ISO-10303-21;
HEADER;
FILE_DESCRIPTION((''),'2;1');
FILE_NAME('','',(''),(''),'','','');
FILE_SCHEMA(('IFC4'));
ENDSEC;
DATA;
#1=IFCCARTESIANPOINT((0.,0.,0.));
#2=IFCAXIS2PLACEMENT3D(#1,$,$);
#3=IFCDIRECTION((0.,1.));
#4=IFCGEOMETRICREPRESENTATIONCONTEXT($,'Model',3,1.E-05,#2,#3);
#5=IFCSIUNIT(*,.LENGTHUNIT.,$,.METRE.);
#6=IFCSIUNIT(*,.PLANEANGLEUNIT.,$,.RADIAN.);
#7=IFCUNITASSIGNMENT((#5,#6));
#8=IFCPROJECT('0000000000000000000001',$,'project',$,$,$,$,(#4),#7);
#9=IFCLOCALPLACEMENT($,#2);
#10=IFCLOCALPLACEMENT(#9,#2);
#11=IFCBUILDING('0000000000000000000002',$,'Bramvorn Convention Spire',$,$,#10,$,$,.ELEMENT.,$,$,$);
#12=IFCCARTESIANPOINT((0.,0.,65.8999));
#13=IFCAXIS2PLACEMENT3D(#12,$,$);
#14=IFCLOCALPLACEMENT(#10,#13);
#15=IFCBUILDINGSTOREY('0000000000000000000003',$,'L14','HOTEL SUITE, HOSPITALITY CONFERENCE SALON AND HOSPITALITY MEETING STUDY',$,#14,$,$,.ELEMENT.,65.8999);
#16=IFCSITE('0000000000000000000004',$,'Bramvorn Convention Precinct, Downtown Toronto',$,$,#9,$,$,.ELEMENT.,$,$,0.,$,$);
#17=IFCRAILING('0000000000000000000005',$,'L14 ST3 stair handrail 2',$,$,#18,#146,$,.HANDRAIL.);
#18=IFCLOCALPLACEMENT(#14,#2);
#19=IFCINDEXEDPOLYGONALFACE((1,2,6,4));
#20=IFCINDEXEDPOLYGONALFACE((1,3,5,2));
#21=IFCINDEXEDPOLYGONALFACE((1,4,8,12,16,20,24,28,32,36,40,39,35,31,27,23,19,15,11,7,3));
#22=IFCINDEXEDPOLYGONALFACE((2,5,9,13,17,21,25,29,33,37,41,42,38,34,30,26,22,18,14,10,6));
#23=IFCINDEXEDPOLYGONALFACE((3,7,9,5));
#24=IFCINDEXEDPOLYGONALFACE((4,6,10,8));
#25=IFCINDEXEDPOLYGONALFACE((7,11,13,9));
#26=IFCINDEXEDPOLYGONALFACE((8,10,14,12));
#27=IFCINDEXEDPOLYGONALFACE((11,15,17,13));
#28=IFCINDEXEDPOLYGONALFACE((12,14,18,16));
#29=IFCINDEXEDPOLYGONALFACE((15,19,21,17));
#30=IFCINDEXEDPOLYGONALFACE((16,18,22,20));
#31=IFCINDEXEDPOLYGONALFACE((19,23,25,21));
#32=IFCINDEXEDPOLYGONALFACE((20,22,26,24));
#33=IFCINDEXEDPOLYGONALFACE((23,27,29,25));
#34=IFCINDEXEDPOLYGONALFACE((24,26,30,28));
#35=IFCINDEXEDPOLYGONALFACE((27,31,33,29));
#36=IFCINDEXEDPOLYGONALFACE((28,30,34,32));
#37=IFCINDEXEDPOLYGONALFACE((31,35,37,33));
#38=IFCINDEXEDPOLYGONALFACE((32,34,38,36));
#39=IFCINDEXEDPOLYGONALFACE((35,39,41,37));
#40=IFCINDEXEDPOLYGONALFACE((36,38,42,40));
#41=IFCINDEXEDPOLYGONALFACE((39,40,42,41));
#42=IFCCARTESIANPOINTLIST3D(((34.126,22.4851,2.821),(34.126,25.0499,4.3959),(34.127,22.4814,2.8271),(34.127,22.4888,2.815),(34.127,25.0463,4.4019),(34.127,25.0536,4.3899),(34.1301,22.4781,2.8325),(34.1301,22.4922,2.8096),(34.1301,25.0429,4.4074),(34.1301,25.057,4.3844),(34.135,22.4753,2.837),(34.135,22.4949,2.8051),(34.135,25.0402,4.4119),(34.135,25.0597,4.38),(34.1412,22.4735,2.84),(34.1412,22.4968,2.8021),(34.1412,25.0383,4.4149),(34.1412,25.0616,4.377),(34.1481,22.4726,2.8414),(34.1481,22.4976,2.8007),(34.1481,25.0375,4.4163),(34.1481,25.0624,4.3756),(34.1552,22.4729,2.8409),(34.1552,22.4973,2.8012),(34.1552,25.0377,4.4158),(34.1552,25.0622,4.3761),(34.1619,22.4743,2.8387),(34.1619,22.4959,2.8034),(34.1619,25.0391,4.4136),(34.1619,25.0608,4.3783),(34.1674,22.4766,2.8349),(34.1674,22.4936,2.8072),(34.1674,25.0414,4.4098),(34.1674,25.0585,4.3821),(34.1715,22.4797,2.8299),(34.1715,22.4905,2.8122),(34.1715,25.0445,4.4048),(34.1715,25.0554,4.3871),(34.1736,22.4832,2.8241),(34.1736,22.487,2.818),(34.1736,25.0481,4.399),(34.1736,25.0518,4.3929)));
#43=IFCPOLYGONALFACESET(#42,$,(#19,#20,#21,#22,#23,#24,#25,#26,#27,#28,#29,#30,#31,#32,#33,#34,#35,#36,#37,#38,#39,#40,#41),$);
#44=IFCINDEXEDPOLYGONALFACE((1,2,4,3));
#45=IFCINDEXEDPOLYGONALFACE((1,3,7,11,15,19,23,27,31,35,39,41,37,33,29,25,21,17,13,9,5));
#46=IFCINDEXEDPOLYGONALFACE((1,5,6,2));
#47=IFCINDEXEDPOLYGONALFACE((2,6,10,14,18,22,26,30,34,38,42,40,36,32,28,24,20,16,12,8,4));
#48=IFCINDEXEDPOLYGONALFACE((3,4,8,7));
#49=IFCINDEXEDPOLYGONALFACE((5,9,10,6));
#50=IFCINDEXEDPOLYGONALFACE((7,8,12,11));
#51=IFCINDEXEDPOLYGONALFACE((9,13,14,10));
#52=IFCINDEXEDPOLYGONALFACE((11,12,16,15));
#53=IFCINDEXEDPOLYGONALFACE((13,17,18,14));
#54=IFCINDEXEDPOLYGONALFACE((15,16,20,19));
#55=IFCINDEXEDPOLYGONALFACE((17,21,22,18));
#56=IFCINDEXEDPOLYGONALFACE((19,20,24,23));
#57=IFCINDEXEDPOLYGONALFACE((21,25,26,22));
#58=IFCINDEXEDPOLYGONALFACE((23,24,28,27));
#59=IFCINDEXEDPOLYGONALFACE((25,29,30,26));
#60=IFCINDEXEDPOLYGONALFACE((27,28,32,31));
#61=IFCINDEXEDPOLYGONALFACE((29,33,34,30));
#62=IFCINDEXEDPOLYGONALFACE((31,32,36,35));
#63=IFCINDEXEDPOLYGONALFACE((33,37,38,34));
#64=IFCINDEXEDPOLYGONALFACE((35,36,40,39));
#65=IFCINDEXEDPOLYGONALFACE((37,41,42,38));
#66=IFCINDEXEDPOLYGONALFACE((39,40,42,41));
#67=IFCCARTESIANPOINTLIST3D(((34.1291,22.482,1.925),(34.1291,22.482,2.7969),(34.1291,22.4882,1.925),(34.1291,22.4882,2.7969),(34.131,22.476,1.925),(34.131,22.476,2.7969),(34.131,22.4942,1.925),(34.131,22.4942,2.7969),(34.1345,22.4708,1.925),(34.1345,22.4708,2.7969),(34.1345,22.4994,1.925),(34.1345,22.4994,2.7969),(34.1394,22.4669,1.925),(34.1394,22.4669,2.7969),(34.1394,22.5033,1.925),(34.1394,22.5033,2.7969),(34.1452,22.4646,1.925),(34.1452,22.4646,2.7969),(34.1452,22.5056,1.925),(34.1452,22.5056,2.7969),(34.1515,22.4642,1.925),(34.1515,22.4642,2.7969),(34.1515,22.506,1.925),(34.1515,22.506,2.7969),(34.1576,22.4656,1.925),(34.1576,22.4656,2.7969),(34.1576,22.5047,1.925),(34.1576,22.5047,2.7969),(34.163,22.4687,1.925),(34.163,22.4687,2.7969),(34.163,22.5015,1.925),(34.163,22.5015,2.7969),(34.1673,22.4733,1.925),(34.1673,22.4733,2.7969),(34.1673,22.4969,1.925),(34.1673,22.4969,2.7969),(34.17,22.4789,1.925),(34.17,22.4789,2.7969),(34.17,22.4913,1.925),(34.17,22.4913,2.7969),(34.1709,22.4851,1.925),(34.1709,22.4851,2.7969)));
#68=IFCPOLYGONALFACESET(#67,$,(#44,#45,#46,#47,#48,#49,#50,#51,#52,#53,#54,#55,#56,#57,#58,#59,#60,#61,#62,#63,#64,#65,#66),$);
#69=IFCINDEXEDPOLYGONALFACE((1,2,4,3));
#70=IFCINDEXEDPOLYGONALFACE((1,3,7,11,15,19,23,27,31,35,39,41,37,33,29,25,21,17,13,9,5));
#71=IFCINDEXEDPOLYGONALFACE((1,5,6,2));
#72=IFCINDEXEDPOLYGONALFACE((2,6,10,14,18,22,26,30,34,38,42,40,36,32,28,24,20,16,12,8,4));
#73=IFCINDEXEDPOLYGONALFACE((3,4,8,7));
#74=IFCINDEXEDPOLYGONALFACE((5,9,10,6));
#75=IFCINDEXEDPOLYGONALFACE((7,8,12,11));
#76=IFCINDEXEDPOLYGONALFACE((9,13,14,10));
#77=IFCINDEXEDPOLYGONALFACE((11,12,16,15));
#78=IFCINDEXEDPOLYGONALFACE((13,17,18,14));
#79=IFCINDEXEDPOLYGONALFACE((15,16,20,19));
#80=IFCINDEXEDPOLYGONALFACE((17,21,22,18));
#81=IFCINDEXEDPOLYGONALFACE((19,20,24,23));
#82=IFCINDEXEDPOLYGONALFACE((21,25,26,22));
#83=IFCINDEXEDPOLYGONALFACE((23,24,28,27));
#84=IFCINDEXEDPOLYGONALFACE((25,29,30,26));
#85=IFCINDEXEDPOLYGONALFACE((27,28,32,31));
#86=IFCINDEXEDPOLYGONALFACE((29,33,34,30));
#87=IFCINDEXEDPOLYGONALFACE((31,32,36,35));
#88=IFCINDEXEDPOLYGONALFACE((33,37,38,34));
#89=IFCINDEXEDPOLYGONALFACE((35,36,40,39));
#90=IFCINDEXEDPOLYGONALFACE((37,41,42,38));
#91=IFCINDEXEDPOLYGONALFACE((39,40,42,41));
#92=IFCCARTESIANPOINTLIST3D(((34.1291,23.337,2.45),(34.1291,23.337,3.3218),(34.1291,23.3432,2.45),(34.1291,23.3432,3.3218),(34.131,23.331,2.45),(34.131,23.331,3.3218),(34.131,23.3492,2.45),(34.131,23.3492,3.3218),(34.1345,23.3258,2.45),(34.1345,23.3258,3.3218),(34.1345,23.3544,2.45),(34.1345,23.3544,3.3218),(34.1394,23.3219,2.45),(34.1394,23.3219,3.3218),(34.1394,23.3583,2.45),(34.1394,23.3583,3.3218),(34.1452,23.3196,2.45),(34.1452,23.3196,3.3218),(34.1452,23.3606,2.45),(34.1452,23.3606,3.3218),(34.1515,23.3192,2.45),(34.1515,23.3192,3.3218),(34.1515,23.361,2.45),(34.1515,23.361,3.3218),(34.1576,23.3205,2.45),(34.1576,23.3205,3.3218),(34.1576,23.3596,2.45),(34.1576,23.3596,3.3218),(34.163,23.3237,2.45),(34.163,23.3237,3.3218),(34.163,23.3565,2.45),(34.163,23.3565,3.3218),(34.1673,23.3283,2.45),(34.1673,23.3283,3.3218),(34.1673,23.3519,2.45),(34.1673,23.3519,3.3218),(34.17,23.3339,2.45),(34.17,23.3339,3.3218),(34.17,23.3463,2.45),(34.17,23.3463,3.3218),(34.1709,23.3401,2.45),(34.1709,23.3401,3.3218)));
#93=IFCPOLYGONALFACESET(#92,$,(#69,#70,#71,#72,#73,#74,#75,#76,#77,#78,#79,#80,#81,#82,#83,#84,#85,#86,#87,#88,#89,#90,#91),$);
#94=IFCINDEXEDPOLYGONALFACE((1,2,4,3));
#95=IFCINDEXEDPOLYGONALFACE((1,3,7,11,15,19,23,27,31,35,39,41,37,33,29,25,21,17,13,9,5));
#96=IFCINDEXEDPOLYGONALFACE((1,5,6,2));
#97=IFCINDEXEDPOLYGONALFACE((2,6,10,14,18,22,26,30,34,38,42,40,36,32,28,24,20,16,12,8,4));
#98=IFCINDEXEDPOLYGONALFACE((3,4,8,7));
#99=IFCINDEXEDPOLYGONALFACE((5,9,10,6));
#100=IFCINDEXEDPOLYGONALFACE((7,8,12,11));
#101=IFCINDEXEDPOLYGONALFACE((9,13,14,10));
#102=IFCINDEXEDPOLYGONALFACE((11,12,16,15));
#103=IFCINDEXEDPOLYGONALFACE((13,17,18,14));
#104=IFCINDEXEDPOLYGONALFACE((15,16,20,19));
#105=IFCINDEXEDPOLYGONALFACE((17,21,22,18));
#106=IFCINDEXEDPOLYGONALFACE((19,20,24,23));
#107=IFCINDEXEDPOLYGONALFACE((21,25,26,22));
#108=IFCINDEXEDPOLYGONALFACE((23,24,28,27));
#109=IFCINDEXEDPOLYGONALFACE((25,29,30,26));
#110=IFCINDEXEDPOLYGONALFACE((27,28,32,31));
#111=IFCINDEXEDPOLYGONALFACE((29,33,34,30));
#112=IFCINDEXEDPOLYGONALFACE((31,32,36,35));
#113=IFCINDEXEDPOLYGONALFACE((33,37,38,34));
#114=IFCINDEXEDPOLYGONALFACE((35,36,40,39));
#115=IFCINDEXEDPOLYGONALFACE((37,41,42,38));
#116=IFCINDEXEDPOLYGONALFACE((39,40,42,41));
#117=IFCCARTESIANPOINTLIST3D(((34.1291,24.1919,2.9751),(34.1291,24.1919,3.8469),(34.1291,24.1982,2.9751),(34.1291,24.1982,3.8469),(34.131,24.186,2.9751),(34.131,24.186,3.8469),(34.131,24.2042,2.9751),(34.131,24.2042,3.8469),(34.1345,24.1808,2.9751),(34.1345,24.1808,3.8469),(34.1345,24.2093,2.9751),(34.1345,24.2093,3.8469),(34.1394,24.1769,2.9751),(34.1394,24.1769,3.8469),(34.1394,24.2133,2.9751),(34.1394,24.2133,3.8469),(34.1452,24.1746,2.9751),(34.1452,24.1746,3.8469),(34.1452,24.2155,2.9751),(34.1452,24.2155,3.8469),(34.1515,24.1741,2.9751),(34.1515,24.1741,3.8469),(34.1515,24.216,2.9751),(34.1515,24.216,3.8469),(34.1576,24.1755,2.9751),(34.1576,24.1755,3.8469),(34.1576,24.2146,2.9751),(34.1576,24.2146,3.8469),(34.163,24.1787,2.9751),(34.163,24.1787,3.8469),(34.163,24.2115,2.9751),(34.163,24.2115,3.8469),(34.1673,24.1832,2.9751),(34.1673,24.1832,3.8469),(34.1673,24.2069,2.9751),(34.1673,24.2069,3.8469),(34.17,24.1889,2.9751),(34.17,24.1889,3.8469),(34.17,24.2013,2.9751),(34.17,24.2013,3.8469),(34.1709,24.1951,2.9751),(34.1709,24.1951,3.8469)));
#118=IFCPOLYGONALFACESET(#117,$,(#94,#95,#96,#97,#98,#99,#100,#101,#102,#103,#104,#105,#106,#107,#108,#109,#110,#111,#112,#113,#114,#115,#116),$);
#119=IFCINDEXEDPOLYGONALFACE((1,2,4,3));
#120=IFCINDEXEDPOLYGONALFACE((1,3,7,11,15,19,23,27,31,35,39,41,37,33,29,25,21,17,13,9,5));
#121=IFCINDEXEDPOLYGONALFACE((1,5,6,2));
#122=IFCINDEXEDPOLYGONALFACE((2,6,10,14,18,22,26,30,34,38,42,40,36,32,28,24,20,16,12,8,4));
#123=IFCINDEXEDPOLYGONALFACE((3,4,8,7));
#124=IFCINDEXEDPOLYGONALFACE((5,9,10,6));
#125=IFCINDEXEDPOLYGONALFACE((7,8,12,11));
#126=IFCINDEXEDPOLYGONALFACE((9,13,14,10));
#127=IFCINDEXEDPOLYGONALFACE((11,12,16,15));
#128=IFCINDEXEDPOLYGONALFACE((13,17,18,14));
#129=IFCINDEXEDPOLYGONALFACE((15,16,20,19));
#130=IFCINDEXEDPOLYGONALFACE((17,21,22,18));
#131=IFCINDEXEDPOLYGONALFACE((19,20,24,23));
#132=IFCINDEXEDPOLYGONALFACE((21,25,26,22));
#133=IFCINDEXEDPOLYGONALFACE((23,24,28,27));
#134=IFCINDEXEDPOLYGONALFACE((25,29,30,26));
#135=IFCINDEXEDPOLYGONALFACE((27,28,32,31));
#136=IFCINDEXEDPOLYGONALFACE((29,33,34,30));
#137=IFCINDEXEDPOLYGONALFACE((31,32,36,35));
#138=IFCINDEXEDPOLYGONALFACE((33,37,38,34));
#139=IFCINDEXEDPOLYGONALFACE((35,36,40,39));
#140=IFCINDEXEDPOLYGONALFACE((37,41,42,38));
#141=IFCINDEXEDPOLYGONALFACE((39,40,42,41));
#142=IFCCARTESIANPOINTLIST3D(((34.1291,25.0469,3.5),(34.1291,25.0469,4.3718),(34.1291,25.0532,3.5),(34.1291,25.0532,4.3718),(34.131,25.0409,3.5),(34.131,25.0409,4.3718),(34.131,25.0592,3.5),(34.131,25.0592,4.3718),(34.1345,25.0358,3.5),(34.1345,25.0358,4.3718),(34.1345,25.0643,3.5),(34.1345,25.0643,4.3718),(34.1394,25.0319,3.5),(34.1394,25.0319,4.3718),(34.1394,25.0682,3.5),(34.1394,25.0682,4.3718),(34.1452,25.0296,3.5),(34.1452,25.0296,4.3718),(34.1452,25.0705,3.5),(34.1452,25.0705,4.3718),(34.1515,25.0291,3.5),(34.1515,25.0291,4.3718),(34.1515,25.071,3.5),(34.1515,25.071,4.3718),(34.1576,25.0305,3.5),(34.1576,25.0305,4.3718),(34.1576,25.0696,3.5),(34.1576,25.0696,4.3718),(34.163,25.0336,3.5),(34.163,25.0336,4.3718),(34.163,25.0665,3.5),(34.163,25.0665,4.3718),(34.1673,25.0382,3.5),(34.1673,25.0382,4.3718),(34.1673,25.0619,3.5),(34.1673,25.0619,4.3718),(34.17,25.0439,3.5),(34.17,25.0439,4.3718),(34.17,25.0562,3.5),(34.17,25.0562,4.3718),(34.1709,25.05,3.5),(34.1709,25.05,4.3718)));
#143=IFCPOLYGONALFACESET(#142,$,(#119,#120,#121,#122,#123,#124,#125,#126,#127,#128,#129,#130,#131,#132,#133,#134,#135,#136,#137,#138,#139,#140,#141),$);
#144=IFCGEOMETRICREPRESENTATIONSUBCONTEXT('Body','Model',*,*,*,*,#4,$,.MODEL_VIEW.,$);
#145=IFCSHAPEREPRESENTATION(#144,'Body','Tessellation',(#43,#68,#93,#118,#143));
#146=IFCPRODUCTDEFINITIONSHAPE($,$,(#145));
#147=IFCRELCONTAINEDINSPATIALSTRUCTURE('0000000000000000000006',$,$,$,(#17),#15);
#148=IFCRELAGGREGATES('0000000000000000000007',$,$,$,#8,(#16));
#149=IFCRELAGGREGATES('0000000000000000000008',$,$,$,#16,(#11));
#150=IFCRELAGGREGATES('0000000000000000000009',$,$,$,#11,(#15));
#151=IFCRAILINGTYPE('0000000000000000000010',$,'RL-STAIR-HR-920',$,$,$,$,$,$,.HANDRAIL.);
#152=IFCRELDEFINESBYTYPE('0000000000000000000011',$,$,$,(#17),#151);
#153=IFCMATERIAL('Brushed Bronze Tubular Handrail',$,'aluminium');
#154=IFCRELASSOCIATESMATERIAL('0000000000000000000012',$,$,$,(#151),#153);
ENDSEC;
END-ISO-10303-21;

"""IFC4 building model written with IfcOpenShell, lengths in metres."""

from ifc_helpers import new_model, si_unit, direction, frame, origin, origin_2d, place, context, subcontext, project, spatial, circle, extrude, material, type_object, element, save


model = new_model("IFC4")

# Units and contexts
model_context = context("Model", 3, precision=1e-05, world=origin(), true_north=direction((0.0, 1.0)))
body_context = subcontext(model_context, "Body", "Model", "MODEL_VIEW")
ifc_project = project(units=[si_unit("LENGTHUNIT", "METRE"), si_unit("PLANEANGLEUNIT", "RADIAN")], contexts=[model_context])

# Site, building, storey
site_placement = place(None, origin())
site = spatial("IfcSite", under=ifc_project, at=site_placement, Name="Bramvorn Convention Precinct, Downtown Toronto", CompositionType="ELEMENT", RefElevation=0.0)
building_placement = place(site_placement, origin())
building = spatial("IfcBuilding", under=site, at=building_placement, Name="Bramvorn Convention Spire", CompositionType="ELEMENT")
storey_placement = place(building_placement, frame((0.0, 0.0, 65.8999)))
storey = spatial("IfcBuildingStorey", under=building, at=storey_placement, Name="L14", Description="HOTEL SUITE, HOSPITALITY CONFERENCE SALON AND HOSPITALITY MEETING STUDY", CompositionType="ELEMENT", Elevation=65.8999)

# Railing
ifc_material_1 = material(Name="Brushed Bronze Tubular Handrail", Category="aluminium")
railing_type_1 = type_object("IfcRailingType", Name="RL-STAIR-HR-920", PredefinedType="HANDRAIL", material=ifc_material_1)
railing_1_placement = place(storey_placement, frame((34.1499, 22.4851, 1.925)))
element("IfcRailing", 1, at=railing_1_placement, inside=storey, type_object=railing_type_1, Name="L14 ST3 stair handrail 2", PredefinedType="HANDRAIL", context=body_context, shape_type="SweptSolid", body=[
    extrude(circle(Radius=0.0239, at=origin_2d()), frame((0.0, 0.0, 0.896), z_axis=(0.0, 0.852173, 0.52326), x_axis=(-1.0, 0.0, 0.0)), (0.0, 0.0, 1.0), 3.0098),
    extrude(circle(Radius=0.021, at=origin_2d()), origin(), (0.0, 0.0, 1.0), 0.8718),
    extrude(circle(Radius=0.021, at=origin_2d()), frame((0.0, 0.855, 0.5249)), (0.0, 0.0, 1.0), 0.8718),
    extrude(circle(Radius=0.021, at=origin_2d()), frame((0.0, 1.71, 1.05)), (0.0, 0.0, 1.0), 0.8718),
    extrude(circle(Radius=0.021, at=origin_2d()), frame((0.0, 2.5649, 1.575)), (0.0, 0.0, 1.0), 0.8718),
])

save(model, "model.ifc")
